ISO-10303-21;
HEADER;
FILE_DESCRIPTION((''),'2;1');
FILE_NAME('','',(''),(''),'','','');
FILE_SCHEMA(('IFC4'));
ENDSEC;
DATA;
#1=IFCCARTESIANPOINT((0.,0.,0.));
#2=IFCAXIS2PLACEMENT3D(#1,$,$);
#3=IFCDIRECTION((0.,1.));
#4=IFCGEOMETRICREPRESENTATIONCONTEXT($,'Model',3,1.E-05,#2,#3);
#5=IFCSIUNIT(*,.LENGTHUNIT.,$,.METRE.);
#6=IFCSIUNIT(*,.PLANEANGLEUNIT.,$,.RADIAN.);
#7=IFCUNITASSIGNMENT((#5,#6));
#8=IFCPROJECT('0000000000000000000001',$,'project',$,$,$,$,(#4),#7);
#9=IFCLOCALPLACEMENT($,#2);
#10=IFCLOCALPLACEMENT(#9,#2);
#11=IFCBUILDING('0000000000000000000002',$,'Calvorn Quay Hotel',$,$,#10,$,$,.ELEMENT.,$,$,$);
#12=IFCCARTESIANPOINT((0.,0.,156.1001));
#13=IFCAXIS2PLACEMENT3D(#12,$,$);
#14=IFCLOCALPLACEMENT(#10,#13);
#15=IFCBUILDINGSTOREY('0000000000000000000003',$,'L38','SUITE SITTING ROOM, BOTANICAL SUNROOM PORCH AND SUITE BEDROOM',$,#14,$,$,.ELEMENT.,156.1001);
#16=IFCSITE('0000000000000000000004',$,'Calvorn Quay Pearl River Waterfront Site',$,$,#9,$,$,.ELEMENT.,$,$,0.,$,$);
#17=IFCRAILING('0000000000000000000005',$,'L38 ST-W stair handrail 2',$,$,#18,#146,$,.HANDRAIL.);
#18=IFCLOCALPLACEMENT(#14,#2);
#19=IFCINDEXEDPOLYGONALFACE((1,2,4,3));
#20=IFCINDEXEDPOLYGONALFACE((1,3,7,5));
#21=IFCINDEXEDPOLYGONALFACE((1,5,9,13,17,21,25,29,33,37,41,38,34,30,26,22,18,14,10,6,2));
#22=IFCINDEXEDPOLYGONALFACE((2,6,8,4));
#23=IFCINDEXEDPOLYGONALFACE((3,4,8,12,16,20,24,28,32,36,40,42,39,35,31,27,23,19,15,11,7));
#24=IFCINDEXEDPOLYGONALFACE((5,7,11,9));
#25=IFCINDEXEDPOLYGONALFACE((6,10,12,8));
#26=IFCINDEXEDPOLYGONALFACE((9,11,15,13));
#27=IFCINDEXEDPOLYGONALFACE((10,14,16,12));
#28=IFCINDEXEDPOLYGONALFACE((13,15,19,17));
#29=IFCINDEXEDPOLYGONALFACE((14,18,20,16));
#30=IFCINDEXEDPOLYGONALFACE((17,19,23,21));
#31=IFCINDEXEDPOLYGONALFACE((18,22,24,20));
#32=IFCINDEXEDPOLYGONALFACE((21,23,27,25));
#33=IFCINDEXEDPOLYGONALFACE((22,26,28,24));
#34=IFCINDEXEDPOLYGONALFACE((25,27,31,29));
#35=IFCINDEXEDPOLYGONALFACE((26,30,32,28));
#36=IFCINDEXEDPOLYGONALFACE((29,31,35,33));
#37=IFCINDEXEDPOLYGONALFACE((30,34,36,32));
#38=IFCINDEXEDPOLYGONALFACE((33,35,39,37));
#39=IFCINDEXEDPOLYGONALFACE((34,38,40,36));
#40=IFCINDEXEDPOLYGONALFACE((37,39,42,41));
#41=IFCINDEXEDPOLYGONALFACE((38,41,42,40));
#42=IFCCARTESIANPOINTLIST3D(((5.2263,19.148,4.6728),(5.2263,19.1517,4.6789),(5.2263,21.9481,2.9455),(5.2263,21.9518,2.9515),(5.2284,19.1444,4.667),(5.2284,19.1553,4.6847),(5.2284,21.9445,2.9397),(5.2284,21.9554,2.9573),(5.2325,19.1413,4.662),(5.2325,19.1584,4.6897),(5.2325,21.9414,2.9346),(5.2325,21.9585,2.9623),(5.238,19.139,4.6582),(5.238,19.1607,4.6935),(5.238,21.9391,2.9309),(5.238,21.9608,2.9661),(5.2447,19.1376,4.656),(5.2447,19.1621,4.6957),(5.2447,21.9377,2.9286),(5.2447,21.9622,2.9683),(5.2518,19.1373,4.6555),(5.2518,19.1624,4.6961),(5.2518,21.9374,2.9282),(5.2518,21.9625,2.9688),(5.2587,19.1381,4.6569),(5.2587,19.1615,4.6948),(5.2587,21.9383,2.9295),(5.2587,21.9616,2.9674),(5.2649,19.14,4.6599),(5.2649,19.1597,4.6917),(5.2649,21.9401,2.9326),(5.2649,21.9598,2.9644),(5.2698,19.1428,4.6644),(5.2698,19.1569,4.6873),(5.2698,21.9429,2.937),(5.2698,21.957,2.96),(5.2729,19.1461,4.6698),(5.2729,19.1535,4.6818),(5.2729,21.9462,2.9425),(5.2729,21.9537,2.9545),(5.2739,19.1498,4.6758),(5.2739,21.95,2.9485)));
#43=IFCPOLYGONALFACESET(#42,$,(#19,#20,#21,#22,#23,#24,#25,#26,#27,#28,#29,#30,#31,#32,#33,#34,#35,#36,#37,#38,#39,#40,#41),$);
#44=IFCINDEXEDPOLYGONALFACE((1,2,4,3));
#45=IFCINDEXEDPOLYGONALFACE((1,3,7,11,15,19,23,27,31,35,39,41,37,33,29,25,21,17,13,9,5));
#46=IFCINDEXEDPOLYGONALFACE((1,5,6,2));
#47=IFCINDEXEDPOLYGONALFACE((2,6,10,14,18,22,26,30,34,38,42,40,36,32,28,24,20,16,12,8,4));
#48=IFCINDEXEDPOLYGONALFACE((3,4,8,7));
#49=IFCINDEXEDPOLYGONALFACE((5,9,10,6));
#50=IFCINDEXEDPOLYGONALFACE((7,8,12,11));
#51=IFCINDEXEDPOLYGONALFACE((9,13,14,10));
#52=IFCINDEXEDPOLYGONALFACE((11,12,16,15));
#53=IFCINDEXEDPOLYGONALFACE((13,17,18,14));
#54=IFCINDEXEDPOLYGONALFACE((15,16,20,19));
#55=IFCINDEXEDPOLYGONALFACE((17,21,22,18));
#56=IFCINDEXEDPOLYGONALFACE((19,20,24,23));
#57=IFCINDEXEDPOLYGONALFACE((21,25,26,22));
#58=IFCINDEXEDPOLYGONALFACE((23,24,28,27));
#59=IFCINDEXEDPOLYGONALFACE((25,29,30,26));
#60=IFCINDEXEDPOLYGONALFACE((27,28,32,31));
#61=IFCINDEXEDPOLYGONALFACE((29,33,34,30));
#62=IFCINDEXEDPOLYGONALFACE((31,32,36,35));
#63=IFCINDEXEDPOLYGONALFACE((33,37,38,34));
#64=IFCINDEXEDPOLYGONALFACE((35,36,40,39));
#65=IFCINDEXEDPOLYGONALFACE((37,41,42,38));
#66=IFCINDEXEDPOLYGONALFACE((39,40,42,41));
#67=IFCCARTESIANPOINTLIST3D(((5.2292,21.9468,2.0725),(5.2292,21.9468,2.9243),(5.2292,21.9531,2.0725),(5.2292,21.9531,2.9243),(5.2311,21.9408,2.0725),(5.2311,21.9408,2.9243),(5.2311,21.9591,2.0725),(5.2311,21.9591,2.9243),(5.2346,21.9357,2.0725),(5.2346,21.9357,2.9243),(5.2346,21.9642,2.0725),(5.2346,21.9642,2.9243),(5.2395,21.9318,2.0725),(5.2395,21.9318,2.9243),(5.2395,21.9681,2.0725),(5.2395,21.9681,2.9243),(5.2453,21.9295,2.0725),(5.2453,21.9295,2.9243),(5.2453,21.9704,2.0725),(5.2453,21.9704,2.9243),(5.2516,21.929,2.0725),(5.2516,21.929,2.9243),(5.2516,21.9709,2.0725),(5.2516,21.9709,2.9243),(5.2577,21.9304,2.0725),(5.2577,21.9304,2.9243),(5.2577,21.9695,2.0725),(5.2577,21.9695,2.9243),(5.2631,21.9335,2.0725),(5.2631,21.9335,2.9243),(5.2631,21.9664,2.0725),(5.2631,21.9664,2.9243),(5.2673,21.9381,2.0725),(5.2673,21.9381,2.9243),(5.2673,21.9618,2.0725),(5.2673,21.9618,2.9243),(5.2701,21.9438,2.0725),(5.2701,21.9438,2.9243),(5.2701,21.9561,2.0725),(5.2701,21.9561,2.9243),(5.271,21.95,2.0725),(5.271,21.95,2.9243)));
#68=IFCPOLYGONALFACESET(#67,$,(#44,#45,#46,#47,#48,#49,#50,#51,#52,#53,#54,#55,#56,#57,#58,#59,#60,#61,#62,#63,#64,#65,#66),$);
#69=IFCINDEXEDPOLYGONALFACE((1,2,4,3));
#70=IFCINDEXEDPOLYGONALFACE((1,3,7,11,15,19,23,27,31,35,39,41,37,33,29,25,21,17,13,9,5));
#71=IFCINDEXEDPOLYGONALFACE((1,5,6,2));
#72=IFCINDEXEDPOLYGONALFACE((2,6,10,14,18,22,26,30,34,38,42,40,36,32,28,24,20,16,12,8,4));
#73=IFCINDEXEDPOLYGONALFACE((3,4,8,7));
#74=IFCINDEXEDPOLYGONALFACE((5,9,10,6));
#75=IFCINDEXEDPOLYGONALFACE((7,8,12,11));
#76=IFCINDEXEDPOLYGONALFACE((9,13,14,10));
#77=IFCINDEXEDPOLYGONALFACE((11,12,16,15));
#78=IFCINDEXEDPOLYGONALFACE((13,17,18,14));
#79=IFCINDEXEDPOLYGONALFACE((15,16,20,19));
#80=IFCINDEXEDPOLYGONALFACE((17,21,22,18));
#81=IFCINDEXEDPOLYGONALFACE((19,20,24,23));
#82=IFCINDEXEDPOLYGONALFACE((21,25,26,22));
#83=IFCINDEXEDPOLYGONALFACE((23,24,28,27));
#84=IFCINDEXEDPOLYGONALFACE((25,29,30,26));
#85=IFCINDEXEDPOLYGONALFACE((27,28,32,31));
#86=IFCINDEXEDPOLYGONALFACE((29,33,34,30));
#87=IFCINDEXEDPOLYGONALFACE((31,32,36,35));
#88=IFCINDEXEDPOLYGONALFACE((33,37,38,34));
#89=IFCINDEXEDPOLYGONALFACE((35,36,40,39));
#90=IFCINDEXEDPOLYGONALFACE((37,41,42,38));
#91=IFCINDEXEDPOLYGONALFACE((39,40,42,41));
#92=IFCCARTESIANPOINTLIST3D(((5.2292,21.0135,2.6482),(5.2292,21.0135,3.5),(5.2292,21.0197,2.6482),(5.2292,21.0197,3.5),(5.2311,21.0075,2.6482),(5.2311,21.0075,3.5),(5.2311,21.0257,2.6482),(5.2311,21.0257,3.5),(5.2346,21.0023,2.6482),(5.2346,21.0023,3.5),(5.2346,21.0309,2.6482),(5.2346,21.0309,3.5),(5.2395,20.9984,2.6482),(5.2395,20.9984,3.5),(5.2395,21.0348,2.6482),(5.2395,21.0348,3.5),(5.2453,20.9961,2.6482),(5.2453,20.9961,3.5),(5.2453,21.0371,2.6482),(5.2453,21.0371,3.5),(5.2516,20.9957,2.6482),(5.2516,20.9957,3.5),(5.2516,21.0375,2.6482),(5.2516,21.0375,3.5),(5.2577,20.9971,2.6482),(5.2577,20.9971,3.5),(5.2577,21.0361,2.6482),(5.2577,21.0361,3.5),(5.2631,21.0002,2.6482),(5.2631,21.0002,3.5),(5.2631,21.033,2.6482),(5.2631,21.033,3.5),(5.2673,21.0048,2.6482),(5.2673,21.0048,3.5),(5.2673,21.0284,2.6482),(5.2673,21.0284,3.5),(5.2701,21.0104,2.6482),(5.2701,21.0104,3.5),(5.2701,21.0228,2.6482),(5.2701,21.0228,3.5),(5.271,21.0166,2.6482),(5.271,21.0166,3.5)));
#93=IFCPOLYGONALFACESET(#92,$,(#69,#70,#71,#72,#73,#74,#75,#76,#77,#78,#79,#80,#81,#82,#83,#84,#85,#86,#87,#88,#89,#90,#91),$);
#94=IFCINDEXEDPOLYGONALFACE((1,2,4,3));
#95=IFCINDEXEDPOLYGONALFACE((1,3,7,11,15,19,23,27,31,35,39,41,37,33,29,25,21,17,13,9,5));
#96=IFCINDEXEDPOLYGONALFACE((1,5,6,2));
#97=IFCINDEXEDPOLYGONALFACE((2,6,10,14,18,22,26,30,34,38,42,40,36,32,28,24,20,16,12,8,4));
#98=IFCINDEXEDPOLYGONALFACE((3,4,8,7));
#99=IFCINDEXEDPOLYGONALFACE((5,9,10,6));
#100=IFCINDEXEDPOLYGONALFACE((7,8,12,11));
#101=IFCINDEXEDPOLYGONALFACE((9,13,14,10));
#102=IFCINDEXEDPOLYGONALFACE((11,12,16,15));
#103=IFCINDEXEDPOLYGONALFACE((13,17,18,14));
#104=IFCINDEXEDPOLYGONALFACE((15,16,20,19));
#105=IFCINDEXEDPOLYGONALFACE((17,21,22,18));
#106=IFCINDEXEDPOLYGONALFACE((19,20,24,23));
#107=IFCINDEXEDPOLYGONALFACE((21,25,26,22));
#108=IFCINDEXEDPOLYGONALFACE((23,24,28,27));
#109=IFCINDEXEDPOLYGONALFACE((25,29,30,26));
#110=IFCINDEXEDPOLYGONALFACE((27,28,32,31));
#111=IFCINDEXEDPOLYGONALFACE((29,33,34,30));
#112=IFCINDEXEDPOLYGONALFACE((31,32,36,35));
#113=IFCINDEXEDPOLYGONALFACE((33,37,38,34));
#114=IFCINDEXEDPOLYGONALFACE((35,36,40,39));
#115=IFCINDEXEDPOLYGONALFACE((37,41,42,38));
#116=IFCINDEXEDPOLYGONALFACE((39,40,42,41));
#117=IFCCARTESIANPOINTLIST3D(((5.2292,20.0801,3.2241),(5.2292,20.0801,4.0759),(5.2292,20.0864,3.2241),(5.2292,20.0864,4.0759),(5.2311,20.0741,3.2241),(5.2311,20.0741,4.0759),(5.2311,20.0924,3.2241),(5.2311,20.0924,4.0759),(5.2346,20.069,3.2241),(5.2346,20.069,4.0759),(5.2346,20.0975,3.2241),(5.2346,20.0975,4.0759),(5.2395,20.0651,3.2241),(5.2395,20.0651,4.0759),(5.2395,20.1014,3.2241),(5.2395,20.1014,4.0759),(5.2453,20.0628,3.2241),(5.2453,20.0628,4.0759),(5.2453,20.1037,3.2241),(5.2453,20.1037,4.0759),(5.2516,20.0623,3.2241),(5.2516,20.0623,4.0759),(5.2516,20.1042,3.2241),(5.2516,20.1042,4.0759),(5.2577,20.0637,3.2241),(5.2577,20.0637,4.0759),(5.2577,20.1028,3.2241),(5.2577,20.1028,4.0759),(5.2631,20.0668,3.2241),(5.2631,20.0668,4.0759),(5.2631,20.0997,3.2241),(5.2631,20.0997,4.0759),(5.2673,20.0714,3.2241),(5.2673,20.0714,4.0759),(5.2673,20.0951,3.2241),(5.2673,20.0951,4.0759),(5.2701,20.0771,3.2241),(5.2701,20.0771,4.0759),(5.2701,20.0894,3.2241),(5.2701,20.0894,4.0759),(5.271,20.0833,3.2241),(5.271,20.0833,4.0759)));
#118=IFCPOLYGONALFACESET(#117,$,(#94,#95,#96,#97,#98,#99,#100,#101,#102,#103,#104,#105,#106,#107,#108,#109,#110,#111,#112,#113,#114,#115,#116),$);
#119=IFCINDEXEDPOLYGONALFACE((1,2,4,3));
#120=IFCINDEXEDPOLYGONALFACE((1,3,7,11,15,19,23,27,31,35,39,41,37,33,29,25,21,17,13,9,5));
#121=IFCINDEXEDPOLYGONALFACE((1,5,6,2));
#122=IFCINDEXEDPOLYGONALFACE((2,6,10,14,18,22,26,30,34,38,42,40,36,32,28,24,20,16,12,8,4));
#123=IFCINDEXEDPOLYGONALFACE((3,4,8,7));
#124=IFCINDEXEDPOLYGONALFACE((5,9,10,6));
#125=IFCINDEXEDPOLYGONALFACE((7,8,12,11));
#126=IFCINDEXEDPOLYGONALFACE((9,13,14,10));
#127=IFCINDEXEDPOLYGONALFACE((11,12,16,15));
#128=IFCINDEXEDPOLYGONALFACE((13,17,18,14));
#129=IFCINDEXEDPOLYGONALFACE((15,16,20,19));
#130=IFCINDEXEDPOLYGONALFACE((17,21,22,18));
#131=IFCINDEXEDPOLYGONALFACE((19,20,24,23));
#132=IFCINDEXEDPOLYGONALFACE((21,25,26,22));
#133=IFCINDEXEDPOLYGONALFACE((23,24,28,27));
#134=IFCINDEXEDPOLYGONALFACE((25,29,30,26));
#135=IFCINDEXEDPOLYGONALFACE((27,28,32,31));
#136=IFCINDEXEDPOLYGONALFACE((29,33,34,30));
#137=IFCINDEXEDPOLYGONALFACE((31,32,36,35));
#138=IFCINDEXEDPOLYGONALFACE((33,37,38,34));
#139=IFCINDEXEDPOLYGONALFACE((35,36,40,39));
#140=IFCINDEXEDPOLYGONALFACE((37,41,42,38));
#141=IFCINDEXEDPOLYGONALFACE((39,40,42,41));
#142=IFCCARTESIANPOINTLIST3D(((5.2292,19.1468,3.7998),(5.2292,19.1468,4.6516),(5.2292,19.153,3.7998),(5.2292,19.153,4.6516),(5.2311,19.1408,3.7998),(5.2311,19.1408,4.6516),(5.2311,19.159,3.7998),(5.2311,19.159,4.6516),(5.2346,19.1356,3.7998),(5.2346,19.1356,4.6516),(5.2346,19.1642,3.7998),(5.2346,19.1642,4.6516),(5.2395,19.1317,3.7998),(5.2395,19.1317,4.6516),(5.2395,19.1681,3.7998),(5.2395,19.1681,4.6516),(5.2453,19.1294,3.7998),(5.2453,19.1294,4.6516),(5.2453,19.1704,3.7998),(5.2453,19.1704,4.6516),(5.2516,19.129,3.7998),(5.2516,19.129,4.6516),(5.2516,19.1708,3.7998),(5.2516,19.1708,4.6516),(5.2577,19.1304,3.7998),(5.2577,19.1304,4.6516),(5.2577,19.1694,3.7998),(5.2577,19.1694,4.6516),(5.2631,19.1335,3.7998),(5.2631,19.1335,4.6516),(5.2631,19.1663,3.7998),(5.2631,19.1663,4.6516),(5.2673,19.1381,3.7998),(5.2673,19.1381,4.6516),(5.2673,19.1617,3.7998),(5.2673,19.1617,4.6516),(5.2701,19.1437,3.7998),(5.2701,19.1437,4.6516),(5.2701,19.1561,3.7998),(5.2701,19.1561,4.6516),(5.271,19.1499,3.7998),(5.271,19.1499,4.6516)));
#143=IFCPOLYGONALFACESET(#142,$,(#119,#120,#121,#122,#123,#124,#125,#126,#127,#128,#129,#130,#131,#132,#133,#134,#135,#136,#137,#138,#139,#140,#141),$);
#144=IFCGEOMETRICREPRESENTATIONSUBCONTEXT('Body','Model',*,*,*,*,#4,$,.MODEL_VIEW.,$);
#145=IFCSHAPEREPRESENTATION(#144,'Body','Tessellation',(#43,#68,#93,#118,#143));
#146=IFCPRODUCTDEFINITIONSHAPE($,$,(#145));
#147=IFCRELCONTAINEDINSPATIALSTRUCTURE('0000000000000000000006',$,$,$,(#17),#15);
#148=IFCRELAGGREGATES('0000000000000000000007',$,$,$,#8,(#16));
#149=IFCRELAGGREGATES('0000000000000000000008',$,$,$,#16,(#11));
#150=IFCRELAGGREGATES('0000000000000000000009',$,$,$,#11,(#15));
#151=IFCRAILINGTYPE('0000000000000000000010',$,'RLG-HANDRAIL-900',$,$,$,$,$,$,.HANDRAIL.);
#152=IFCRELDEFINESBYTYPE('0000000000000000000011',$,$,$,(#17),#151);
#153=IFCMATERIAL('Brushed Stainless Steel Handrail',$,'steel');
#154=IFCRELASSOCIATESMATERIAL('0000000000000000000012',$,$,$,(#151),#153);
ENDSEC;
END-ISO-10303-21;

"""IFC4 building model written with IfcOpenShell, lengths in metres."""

from ifc_helpers import new_model, si_unit, direction, frame, origin, origin_2d, place, context, subcontext, project, spatial, circle, extrude, material, type_object, element, save


model = new_model("IFC4")

# Units and contexts
model_context = context("Model", 3, precision=1e-05, world=origin(), true_north=direction((0.0, 1.0)))
body_context = subcontext(model_context, "Body", "Model", "MODEL_VIEW")
ifc_project = project(units=[si_unit("LENGTHUNIT", "METRE"), si_unit("PLANEANGLEUNIT", "RADIAN")], contexts=[model_context])

# Site, building, storey
site_placement = place(None, origin())
site = spatial("IfcSite", under=ifc_project, at=site_placement, Name="Calvorn Quay Pearl River Waterfront Site", CompositionType="ELEMENT", RefElevation=0.0)
building_placement = place(site_placement, origin())
building = spatial("IfcBuilding", under=site, at=building_placement, Name="Calvorn Quay Hotel", CompositionType="ELEMENT")
storey_placement = place(building_placement, frame((0.0, 0.0, 156.1001)))
storey = spatial("IfcBuildingStorey", under=building, at=storey_placement, Name="L38", Description="SUITE SITTING ROOM, BOTANICAL SUNROOM PORCH AND SUITE BEDROOM", CompositionType="ELEMENT", Elevation=156.1001)

# Railing
ifc_material_1 = material(Name="Brushed Stainless Steel Handrail", Category="steel")
railing_type_1 = type_object("IfcRailingType", Name="RLG-HANDRAIL-900", PredefinedType="HANDRAIL", material=ifc_material_1)
railing_1_placement = place(storey_placement, frame((5.25, 21.95, 2.0725)))
element("IfcRailing", 1, at=railing_1_placement, inside=storey, type_object=railing_type_1, Name="L38 ST-W stair handrail 2", PredefinedType="HANDRAIL", context=body_context, shape_type="SweptSolid", body=[
    extrude(circle(Radius=0.0239, at=origin_2d()), frame((0.0, 0.0, 0.876), z_axis=(0.0, -0.85109, 0.52502), x_axis=(1.0, 0.0, 0.0)), (0.0, 0.0, 1.0), 3.29),
    extrude(circle(Radius=0.021, at=origin_2d()), origin(), (0.0, 0.0, 1.0), 0.8518),
    extrude(circle(Radius=0.021, at=origin_2d()), frame((0.0, -0.9333, 0.5757)), (0.0, 0.0, 1.0), 0.8518),
    extrude(circle(Radius=0.021, at=origin_2d()), frame((0.0, -1.8667, 1.1516)), (0.0, 0.0, 1.0), 0.8518),
    extrude(circle(Radius=0.021, at=origin_2d()), frame((0.0, -2.8, 1.7273)), (0.0, 0.0, 1.0), 0.8518),
])

save(model, "model.ifc")
